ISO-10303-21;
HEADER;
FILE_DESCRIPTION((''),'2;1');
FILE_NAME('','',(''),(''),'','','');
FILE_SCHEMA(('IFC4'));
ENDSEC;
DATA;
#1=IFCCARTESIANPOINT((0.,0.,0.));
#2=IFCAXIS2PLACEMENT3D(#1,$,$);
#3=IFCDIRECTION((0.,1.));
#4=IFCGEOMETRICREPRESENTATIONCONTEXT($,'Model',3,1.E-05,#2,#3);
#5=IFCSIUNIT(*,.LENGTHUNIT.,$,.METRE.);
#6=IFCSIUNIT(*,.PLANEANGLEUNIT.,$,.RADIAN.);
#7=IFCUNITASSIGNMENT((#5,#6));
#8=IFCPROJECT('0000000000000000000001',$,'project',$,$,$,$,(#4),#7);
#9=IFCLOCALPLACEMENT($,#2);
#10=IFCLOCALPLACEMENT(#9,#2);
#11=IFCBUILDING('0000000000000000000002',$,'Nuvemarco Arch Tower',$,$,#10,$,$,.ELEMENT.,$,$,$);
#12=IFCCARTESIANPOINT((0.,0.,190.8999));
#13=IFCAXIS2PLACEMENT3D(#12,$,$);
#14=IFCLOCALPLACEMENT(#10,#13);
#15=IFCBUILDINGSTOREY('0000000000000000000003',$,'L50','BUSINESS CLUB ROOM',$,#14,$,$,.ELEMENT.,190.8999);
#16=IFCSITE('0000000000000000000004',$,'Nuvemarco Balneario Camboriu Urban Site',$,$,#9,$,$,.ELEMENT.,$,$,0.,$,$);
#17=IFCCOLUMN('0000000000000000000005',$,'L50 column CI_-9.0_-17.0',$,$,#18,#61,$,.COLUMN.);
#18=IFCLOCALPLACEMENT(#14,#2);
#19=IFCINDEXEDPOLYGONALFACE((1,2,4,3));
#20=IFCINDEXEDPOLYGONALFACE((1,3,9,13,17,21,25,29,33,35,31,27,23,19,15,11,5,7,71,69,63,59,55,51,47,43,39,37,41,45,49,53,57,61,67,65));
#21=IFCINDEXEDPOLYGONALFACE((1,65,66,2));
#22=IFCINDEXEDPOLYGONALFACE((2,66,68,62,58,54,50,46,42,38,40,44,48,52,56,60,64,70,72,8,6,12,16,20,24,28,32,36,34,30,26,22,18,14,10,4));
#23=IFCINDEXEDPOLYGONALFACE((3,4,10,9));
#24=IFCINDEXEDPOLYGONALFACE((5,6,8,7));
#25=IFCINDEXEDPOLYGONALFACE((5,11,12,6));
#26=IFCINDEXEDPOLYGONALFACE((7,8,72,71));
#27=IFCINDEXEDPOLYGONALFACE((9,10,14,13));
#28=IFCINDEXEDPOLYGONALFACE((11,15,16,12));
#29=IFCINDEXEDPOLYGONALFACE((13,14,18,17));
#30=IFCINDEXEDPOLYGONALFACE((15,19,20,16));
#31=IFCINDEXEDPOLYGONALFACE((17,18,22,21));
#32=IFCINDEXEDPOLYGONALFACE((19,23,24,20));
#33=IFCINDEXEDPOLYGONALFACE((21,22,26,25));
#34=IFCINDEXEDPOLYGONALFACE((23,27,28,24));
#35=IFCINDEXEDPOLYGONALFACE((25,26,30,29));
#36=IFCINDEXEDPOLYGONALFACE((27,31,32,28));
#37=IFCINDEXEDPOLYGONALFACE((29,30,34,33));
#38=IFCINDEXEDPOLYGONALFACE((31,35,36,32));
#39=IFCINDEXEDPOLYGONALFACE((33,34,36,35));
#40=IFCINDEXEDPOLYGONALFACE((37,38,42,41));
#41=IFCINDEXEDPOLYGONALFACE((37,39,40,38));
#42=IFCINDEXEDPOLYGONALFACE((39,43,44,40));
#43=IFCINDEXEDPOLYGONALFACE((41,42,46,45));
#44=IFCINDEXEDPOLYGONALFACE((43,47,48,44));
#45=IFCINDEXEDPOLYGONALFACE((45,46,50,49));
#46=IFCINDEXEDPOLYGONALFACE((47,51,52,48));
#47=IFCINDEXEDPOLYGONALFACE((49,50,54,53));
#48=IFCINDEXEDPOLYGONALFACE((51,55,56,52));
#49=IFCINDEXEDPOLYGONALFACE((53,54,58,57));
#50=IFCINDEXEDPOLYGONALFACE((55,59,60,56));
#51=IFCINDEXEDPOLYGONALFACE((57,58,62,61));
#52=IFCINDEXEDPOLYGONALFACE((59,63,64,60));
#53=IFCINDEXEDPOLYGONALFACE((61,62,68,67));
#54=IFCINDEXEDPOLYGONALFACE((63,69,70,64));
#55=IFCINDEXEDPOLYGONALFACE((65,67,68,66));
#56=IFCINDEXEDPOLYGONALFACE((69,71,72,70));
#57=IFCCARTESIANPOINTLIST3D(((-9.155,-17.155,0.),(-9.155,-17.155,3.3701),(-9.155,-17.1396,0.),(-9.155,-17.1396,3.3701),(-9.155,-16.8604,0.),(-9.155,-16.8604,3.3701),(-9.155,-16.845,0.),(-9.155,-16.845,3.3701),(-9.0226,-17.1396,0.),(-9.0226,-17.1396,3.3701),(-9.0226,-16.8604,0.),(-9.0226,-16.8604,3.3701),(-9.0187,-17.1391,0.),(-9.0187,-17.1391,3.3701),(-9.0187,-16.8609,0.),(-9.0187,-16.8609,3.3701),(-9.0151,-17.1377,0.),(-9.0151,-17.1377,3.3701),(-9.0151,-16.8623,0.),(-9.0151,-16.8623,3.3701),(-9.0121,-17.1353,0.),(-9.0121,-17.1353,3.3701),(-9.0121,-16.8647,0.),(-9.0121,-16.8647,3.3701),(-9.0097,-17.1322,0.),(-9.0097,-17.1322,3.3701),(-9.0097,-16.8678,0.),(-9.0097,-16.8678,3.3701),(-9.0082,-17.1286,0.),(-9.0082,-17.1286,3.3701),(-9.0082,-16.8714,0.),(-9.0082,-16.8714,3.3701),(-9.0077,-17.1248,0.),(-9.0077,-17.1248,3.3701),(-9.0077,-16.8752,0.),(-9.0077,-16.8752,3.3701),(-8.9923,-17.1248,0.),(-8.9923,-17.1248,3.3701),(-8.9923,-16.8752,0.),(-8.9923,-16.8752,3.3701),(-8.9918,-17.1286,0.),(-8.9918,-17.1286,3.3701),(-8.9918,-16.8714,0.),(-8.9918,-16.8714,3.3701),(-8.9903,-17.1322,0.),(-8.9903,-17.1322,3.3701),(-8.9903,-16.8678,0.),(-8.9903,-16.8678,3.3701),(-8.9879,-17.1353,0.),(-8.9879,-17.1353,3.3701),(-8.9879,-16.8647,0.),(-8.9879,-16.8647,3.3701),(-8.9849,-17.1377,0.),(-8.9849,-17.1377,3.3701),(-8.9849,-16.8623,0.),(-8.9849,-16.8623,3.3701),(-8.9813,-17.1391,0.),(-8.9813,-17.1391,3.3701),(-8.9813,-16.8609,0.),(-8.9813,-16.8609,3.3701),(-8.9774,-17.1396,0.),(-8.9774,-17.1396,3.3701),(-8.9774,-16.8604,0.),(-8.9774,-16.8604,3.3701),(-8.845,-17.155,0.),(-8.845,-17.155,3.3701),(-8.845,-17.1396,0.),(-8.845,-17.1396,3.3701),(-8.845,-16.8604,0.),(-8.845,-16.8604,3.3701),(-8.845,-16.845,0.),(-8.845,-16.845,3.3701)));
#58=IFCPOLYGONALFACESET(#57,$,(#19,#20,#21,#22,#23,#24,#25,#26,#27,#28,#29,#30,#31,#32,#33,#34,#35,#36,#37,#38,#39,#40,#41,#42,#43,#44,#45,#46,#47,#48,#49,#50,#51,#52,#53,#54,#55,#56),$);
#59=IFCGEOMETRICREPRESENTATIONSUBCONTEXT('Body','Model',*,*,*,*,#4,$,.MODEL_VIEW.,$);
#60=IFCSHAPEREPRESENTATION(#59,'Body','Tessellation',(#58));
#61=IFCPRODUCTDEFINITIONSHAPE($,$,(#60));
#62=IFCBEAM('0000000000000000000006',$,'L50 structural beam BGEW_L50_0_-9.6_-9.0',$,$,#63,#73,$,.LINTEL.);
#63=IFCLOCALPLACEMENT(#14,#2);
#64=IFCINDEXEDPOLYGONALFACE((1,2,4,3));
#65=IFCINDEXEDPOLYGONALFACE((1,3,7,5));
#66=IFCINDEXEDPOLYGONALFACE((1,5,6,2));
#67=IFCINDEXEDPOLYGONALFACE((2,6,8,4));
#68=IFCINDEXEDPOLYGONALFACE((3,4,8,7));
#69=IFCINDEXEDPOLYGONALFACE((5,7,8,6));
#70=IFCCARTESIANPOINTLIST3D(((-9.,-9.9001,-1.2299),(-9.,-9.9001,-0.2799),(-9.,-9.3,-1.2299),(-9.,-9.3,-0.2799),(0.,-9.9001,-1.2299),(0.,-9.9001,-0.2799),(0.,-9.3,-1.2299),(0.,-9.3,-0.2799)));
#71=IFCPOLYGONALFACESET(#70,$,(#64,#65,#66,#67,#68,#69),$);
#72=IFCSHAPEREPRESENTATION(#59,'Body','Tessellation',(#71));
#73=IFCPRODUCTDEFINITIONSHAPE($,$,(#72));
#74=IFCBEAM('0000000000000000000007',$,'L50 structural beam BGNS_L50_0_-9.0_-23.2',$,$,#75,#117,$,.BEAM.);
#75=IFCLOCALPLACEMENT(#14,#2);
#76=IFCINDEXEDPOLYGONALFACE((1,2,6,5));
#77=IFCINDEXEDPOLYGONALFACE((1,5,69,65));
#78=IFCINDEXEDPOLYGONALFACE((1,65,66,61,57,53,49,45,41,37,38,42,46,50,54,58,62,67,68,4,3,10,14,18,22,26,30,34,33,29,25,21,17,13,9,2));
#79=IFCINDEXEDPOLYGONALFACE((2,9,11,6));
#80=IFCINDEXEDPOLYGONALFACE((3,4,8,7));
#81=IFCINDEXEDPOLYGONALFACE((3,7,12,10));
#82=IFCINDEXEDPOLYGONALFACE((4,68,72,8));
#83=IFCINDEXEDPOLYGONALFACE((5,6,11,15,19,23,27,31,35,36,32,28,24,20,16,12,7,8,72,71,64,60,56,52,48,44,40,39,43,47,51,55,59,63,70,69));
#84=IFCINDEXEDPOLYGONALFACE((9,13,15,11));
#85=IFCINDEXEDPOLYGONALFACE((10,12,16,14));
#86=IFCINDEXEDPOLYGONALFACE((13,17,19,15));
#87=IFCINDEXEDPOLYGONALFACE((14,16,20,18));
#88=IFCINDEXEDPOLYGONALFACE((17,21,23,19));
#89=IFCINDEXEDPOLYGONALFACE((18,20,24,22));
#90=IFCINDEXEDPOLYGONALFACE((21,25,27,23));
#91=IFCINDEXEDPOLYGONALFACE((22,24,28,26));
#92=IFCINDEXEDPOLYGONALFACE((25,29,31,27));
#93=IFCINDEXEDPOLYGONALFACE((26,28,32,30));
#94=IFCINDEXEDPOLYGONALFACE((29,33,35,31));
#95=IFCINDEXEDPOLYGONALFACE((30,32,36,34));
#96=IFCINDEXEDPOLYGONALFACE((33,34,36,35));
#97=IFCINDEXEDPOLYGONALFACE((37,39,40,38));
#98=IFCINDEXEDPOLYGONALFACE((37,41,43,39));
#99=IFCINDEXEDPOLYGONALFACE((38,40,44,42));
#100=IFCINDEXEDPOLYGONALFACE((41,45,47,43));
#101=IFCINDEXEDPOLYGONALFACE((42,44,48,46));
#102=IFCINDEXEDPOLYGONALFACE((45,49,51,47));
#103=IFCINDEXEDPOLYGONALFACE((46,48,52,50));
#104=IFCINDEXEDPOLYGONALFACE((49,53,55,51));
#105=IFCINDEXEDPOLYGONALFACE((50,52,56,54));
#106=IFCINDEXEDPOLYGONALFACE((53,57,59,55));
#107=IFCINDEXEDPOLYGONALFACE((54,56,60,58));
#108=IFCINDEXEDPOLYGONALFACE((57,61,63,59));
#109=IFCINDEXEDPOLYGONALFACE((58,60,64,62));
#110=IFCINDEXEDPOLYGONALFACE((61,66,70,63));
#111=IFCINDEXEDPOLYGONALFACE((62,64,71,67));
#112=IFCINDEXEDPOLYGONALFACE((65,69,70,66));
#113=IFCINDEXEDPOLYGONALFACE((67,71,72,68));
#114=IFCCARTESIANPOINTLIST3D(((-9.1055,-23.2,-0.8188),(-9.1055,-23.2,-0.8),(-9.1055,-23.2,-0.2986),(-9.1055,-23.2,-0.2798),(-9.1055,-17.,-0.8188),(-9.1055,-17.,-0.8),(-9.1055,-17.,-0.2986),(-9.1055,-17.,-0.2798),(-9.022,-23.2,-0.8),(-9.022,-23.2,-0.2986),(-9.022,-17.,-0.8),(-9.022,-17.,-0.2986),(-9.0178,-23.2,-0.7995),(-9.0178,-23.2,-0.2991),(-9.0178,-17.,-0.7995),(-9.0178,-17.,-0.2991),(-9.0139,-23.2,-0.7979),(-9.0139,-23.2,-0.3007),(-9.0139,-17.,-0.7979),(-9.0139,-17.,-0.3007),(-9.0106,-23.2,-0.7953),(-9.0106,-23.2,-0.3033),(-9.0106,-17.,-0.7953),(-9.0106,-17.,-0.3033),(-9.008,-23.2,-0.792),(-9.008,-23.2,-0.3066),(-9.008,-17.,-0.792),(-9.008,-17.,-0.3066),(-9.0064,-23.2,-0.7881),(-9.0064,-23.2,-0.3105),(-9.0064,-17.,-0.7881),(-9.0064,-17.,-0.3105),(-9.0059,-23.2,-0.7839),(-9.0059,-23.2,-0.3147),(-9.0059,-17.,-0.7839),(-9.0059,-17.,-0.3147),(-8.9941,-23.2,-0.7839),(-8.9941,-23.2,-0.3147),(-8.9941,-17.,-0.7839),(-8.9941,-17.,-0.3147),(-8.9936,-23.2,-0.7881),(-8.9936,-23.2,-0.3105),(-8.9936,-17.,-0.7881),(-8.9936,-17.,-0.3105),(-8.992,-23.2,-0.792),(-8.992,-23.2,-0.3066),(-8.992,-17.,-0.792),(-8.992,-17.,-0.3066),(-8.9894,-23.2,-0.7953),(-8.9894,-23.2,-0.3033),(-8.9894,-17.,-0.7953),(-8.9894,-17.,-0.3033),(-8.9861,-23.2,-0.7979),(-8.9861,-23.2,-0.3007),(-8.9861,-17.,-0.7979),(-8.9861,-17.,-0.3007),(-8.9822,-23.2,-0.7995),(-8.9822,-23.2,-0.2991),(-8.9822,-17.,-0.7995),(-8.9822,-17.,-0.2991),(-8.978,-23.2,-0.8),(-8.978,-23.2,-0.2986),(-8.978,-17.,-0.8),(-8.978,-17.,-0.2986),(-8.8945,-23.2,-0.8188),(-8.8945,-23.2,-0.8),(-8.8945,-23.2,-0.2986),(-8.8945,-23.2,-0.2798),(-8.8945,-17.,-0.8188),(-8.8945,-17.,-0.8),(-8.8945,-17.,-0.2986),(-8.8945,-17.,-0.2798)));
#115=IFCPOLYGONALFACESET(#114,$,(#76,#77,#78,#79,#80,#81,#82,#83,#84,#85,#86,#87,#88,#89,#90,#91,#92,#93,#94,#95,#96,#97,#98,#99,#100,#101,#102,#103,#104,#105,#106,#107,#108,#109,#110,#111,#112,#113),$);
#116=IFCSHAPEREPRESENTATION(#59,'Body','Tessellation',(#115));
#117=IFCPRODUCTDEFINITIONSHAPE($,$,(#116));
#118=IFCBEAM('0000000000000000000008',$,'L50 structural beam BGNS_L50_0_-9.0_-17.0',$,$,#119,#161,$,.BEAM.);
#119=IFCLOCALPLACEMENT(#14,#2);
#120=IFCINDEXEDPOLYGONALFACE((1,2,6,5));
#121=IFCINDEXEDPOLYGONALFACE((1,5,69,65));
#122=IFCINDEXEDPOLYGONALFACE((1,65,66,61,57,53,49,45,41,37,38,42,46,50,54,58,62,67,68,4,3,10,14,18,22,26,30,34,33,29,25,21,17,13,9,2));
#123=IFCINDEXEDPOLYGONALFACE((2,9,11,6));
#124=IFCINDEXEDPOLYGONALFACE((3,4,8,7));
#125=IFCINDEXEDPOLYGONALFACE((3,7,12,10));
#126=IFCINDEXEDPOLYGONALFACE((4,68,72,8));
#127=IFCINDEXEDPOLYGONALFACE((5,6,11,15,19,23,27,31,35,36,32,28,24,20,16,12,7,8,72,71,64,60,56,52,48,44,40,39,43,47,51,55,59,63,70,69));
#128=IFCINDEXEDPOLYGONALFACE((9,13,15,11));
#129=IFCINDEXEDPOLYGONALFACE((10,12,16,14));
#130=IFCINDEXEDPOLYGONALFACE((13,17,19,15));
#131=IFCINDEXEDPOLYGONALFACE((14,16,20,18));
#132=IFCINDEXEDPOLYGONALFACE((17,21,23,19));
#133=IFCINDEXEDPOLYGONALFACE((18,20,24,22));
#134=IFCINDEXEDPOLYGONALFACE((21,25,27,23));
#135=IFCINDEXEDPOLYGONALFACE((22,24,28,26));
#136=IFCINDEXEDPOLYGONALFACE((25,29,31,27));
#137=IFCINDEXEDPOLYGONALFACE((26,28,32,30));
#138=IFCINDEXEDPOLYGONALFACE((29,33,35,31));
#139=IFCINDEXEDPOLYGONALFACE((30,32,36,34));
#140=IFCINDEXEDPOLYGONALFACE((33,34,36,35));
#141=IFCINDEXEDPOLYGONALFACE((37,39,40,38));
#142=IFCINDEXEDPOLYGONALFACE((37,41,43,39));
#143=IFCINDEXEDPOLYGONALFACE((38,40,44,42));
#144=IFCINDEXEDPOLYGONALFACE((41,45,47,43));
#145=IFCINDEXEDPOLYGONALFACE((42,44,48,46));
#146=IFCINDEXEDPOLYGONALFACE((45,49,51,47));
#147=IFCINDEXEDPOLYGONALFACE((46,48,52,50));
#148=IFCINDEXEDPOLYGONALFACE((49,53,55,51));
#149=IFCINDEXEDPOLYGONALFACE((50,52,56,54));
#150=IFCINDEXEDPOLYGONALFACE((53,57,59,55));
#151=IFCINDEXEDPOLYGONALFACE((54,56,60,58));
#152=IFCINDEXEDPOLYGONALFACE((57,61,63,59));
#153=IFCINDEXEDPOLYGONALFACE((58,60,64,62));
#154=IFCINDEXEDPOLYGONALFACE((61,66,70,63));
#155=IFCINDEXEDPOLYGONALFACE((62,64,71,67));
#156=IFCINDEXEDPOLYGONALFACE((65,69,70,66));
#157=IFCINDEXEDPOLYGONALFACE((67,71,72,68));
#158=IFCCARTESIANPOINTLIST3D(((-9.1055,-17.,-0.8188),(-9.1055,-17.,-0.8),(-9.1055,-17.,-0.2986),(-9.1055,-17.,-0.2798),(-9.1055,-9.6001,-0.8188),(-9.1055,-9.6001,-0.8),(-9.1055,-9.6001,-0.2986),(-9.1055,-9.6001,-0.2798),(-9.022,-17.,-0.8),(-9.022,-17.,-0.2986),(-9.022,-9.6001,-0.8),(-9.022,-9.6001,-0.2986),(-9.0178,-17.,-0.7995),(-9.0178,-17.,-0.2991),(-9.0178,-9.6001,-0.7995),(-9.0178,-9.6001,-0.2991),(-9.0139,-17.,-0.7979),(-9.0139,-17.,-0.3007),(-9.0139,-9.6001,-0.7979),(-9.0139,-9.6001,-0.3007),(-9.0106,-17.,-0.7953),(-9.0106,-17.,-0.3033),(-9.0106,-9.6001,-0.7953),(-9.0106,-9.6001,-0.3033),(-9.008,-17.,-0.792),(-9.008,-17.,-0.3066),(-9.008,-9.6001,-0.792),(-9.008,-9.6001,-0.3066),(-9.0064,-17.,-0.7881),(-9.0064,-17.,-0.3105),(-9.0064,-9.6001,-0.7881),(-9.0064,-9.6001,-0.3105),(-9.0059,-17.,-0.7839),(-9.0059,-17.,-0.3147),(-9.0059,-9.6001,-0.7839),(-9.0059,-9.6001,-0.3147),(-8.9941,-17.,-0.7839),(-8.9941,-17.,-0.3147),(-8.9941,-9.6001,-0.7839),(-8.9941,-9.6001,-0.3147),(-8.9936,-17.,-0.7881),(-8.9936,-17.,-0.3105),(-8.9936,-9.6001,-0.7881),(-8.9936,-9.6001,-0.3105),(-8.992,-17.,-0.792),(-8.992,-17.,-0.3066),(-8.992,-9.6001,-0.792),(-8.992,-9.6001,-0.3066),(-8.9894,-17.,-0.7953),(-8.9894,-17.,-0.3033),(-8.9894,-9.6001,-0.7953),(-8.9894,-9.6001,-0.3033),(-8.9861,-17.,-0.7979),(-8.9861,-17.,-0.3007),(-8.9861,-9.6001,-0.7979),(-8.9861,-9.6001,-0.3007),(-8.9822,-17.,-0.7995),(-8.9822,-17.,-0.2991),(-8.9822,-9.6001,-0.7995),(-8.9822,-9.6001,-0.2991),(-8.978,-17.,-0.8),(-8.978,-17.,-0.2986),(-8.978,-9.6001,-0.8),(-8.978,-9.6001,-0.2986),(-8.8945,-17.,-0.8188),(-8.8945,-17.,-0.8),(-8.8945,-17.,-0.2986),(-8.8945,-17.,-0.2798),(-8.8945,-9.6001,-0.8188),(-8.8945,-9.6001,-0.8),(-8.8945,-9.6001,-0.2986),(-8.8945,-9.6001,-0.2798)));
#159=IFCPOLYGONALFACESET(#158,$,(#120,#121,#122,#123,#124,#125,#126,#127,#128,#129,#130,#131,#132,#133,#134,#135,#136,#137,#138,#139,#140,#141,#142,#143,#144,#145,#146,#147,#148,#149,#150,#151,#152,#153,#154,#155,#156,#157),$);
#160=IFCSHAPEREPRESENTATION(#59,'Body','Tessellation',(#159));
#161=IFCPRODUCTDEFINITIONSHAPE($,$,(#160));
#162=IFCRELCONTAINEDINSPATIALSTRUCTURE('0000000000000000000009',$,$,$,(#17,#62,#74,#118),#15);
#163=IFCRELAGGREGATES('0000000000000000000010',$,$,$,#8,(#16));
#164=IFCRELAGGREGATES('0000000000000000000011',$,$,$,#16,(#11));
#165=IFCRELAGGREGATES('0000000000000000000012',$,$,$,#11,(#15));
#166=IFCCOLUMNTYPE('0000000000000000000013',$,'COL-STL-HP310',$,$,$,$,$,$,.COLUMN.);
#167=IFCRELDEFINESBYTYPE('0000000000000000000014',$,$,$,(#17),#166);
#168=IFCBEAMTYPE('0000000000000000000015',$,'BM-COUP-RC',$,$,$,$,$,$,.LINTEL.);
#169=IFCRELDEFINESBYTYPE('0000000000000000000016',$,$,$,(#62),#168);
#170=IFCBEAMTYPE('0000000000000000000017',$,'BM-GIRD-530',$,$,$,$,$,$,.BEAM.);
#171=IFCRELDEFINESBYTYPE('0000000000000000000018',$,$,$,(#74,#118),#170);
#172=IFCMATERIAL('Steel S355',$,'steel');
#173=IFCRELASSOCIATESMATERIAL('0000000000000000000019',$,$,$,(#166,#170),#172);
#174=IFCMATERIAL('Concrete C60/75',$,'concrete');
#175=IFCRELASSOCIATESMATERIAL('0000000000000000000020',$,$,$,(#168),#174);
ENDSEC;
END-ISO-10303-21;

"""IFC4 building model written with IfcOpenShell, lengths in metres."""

from ifc_helpers import new_model, si_unit, direction, frame, origin, origin_2d, place, context, subcontext, project, spatial, rectangle, i_section, extrude, material, material_profile, profile_set, type_object, element, save


model = new_model("IFC4")

# Units and contexts
model_context = context("Model", 3, precision=1e-05, world=origin(), true_north=direction((0.0, 1.0)))
body_context = subcontext(model_context, "Body", "Model", "MODEL_VIEW")
ifc_project = project(units=[si_unit("LENGTHUNIT", "METRE"), si_unit("PLANEANGLEUNIT", "RADIAN")], contexts=[model_context])

# Site, building, storey
site_placement = place(None, origin())
site = spatial("IfcSite", under=ifc_project, at=site_placement, Name="Nuvemarco Balneario Camboriu Urban Site", CompositionType="ELEMENT", RefElevation=0.0)
building_placement = place(site_placement, origin())
building = spatial("IfcBuilding", under=site, at=building_placement, Name="Nuvemarco Arch Tower", CompositionType="ELEMENT")
storey_placement = place(building_placement, frame((0.0, 0.0, 190.8999)))
storey = spatial("IfcBuildingStorey", under=building, at=storey_placement, Name="L50", Description="BUSINESS CLUB ROOM", CompositionType="ELEMENT", Elevation=190.8999)

# Column
ifc_material_1 = material(Name="Steel S355", Category="steel")
ifc_material_profile_1 = material_profile(ifc_material_1, i_section(OverallWidth=0.3101, OverallDepth=0.3101, WebThickness=0.0154, FlangeThickness=0.0154, FilletRadius=0.0149, at=origin_2d()), Name="HP310x110")
ifc_profile_set_1 = profile_set([ifc_material_profile_1], Name="Steel S355")
column_type_1 = type_object("IfcColumnType", Name="COL-STL-HP310", PredefinedType="COLUMN", material=ifc_profile_set_1)
column_1_placement = place(storey_placement, frame((-9.0, -17.0, 0.0), z_axis=(0.0, 0.0, 1.0), x_axis=(1.0, 0.0, 0.0)))
element("IfcColumn", 1, at=column_1_placement, inside=storey, type_object=column_type_1, Name="L50 column CI_-9.0_-17.0", PredefinedType="COLUMN", context=body_context, shape_type="SweptSolid", body=[
    extrude(i_section(OverallWidth=0.3101, OverallDepth=0.3101, WebThickness=0.0154, FlangeThickness=0.0154, FilletRadius=0.0149, at=origin_2d()), origin(), (0.0, 0.0, 1.0), 3.3701),
])

# Beams
ifc_material_2 = material(Name="Concrete C60/75", Category="concrete")
ifc_material_profile_2 = material_profile(ifc_material_2, rectangle(XDim=0.6001, YDim=0.95, at=origin_2d()), Name="RC-BM-600x950")
ifc_profile_set_2 = profile_set([ifc_material_profile_2], Name="Concrete C60/75")
beam_type_1 = type_object("IfcBeamType", Name="BM-COUP-RC", PredefinedType="LINTEL", material=ifc_profile_set_2)
beam_1_placement = place(storey_placement, frame((-9.0, -9.6001, -0.7549), z_axis=(1.0, 0.0, 0.0), x_axis=(0.0, 1.0, 0.0)))
element("IfcBeam", 2, at=beam_1_placement, inside=storey, type_object=beam_type_1, Name="L50 structural beam BGEW_L50_0_-9.6_-9.0", PredefinedType="LINTEL", context=body_context, shape_type="SweptSolid", body=[
    extrude(rectangle(XDim=0.6001, YDim=0.95, at=origin_2d()), origin(), (0.0, 0.0, 1.0), 9.0),
])
ifc_material_profile_3 = material_profile(ifc_material_1, i_section(OverallWidth=0.2109, OverallDepth=0.5391, WebThickness=0.0117, FlangeThickness=0.0188, FilletRadius=0.0161, at=origin_2d()), Name="W530x109")
ifc_profile_set_3 = profile_set([ifc_material_profile_3], Name="Steel S355")
beam_type_2 = type_object("IfcBeamType", Name="BM-GIRD-530", PredefinedType="BEAM", material=ifc_profile_set_3)
beam_2_placement = place(storey_placement, frame((-9.0, -23.2, -0.5493), z_axis=(0.0, 1.0, 0.0), x_axis=(-1.0, 0.0, 0.0)))
element("IfcBeam", 3, at=beam_2_placement, inside=storey, type_object=beam_type_2, Name="L50 structural beam BGNS_L50_0_-9.0_-23.2", PredefinedType="BEAM", context=body_context, shape_type="SweptSolid", body=[
    extrude(i_section(OverallWidth=0.2109, OverallDepth=0.5391, WebThickness=0.0117, FlangeThickness=0.0188, FilletRadius=0.0161, at=origin_2d()), origin(), (0.0, 0.0, 1.0), 6.2),
])
beam_3_placement = place(storey_placement, frame((-9.0, -17.0, -0.5493), z_axis=(0.0, 1.0, 0.0), x_axis=(-1.0, 0.0, 0.0)))
element("IfcBeam", 4, at=beam_3_placement, inside=storey, type_object=beam_type_2, Name="L50 structural beam BGNS_L50_0_-9.0_-17.0", PredefinedType="BEAM", context=body_context, shape_type="SweptSolid", body=[
    extrude(i_section(OverallWidth=0.2109, OverallDepth=0.5391, WebThickness=0.0117, FlangeThickness=0.0188, FilletRadius=0.0161, at=origin_2d()), origin(), (0.0, 0.0, 1.0), 7.3999),
])

save(model, "model.ifc")
